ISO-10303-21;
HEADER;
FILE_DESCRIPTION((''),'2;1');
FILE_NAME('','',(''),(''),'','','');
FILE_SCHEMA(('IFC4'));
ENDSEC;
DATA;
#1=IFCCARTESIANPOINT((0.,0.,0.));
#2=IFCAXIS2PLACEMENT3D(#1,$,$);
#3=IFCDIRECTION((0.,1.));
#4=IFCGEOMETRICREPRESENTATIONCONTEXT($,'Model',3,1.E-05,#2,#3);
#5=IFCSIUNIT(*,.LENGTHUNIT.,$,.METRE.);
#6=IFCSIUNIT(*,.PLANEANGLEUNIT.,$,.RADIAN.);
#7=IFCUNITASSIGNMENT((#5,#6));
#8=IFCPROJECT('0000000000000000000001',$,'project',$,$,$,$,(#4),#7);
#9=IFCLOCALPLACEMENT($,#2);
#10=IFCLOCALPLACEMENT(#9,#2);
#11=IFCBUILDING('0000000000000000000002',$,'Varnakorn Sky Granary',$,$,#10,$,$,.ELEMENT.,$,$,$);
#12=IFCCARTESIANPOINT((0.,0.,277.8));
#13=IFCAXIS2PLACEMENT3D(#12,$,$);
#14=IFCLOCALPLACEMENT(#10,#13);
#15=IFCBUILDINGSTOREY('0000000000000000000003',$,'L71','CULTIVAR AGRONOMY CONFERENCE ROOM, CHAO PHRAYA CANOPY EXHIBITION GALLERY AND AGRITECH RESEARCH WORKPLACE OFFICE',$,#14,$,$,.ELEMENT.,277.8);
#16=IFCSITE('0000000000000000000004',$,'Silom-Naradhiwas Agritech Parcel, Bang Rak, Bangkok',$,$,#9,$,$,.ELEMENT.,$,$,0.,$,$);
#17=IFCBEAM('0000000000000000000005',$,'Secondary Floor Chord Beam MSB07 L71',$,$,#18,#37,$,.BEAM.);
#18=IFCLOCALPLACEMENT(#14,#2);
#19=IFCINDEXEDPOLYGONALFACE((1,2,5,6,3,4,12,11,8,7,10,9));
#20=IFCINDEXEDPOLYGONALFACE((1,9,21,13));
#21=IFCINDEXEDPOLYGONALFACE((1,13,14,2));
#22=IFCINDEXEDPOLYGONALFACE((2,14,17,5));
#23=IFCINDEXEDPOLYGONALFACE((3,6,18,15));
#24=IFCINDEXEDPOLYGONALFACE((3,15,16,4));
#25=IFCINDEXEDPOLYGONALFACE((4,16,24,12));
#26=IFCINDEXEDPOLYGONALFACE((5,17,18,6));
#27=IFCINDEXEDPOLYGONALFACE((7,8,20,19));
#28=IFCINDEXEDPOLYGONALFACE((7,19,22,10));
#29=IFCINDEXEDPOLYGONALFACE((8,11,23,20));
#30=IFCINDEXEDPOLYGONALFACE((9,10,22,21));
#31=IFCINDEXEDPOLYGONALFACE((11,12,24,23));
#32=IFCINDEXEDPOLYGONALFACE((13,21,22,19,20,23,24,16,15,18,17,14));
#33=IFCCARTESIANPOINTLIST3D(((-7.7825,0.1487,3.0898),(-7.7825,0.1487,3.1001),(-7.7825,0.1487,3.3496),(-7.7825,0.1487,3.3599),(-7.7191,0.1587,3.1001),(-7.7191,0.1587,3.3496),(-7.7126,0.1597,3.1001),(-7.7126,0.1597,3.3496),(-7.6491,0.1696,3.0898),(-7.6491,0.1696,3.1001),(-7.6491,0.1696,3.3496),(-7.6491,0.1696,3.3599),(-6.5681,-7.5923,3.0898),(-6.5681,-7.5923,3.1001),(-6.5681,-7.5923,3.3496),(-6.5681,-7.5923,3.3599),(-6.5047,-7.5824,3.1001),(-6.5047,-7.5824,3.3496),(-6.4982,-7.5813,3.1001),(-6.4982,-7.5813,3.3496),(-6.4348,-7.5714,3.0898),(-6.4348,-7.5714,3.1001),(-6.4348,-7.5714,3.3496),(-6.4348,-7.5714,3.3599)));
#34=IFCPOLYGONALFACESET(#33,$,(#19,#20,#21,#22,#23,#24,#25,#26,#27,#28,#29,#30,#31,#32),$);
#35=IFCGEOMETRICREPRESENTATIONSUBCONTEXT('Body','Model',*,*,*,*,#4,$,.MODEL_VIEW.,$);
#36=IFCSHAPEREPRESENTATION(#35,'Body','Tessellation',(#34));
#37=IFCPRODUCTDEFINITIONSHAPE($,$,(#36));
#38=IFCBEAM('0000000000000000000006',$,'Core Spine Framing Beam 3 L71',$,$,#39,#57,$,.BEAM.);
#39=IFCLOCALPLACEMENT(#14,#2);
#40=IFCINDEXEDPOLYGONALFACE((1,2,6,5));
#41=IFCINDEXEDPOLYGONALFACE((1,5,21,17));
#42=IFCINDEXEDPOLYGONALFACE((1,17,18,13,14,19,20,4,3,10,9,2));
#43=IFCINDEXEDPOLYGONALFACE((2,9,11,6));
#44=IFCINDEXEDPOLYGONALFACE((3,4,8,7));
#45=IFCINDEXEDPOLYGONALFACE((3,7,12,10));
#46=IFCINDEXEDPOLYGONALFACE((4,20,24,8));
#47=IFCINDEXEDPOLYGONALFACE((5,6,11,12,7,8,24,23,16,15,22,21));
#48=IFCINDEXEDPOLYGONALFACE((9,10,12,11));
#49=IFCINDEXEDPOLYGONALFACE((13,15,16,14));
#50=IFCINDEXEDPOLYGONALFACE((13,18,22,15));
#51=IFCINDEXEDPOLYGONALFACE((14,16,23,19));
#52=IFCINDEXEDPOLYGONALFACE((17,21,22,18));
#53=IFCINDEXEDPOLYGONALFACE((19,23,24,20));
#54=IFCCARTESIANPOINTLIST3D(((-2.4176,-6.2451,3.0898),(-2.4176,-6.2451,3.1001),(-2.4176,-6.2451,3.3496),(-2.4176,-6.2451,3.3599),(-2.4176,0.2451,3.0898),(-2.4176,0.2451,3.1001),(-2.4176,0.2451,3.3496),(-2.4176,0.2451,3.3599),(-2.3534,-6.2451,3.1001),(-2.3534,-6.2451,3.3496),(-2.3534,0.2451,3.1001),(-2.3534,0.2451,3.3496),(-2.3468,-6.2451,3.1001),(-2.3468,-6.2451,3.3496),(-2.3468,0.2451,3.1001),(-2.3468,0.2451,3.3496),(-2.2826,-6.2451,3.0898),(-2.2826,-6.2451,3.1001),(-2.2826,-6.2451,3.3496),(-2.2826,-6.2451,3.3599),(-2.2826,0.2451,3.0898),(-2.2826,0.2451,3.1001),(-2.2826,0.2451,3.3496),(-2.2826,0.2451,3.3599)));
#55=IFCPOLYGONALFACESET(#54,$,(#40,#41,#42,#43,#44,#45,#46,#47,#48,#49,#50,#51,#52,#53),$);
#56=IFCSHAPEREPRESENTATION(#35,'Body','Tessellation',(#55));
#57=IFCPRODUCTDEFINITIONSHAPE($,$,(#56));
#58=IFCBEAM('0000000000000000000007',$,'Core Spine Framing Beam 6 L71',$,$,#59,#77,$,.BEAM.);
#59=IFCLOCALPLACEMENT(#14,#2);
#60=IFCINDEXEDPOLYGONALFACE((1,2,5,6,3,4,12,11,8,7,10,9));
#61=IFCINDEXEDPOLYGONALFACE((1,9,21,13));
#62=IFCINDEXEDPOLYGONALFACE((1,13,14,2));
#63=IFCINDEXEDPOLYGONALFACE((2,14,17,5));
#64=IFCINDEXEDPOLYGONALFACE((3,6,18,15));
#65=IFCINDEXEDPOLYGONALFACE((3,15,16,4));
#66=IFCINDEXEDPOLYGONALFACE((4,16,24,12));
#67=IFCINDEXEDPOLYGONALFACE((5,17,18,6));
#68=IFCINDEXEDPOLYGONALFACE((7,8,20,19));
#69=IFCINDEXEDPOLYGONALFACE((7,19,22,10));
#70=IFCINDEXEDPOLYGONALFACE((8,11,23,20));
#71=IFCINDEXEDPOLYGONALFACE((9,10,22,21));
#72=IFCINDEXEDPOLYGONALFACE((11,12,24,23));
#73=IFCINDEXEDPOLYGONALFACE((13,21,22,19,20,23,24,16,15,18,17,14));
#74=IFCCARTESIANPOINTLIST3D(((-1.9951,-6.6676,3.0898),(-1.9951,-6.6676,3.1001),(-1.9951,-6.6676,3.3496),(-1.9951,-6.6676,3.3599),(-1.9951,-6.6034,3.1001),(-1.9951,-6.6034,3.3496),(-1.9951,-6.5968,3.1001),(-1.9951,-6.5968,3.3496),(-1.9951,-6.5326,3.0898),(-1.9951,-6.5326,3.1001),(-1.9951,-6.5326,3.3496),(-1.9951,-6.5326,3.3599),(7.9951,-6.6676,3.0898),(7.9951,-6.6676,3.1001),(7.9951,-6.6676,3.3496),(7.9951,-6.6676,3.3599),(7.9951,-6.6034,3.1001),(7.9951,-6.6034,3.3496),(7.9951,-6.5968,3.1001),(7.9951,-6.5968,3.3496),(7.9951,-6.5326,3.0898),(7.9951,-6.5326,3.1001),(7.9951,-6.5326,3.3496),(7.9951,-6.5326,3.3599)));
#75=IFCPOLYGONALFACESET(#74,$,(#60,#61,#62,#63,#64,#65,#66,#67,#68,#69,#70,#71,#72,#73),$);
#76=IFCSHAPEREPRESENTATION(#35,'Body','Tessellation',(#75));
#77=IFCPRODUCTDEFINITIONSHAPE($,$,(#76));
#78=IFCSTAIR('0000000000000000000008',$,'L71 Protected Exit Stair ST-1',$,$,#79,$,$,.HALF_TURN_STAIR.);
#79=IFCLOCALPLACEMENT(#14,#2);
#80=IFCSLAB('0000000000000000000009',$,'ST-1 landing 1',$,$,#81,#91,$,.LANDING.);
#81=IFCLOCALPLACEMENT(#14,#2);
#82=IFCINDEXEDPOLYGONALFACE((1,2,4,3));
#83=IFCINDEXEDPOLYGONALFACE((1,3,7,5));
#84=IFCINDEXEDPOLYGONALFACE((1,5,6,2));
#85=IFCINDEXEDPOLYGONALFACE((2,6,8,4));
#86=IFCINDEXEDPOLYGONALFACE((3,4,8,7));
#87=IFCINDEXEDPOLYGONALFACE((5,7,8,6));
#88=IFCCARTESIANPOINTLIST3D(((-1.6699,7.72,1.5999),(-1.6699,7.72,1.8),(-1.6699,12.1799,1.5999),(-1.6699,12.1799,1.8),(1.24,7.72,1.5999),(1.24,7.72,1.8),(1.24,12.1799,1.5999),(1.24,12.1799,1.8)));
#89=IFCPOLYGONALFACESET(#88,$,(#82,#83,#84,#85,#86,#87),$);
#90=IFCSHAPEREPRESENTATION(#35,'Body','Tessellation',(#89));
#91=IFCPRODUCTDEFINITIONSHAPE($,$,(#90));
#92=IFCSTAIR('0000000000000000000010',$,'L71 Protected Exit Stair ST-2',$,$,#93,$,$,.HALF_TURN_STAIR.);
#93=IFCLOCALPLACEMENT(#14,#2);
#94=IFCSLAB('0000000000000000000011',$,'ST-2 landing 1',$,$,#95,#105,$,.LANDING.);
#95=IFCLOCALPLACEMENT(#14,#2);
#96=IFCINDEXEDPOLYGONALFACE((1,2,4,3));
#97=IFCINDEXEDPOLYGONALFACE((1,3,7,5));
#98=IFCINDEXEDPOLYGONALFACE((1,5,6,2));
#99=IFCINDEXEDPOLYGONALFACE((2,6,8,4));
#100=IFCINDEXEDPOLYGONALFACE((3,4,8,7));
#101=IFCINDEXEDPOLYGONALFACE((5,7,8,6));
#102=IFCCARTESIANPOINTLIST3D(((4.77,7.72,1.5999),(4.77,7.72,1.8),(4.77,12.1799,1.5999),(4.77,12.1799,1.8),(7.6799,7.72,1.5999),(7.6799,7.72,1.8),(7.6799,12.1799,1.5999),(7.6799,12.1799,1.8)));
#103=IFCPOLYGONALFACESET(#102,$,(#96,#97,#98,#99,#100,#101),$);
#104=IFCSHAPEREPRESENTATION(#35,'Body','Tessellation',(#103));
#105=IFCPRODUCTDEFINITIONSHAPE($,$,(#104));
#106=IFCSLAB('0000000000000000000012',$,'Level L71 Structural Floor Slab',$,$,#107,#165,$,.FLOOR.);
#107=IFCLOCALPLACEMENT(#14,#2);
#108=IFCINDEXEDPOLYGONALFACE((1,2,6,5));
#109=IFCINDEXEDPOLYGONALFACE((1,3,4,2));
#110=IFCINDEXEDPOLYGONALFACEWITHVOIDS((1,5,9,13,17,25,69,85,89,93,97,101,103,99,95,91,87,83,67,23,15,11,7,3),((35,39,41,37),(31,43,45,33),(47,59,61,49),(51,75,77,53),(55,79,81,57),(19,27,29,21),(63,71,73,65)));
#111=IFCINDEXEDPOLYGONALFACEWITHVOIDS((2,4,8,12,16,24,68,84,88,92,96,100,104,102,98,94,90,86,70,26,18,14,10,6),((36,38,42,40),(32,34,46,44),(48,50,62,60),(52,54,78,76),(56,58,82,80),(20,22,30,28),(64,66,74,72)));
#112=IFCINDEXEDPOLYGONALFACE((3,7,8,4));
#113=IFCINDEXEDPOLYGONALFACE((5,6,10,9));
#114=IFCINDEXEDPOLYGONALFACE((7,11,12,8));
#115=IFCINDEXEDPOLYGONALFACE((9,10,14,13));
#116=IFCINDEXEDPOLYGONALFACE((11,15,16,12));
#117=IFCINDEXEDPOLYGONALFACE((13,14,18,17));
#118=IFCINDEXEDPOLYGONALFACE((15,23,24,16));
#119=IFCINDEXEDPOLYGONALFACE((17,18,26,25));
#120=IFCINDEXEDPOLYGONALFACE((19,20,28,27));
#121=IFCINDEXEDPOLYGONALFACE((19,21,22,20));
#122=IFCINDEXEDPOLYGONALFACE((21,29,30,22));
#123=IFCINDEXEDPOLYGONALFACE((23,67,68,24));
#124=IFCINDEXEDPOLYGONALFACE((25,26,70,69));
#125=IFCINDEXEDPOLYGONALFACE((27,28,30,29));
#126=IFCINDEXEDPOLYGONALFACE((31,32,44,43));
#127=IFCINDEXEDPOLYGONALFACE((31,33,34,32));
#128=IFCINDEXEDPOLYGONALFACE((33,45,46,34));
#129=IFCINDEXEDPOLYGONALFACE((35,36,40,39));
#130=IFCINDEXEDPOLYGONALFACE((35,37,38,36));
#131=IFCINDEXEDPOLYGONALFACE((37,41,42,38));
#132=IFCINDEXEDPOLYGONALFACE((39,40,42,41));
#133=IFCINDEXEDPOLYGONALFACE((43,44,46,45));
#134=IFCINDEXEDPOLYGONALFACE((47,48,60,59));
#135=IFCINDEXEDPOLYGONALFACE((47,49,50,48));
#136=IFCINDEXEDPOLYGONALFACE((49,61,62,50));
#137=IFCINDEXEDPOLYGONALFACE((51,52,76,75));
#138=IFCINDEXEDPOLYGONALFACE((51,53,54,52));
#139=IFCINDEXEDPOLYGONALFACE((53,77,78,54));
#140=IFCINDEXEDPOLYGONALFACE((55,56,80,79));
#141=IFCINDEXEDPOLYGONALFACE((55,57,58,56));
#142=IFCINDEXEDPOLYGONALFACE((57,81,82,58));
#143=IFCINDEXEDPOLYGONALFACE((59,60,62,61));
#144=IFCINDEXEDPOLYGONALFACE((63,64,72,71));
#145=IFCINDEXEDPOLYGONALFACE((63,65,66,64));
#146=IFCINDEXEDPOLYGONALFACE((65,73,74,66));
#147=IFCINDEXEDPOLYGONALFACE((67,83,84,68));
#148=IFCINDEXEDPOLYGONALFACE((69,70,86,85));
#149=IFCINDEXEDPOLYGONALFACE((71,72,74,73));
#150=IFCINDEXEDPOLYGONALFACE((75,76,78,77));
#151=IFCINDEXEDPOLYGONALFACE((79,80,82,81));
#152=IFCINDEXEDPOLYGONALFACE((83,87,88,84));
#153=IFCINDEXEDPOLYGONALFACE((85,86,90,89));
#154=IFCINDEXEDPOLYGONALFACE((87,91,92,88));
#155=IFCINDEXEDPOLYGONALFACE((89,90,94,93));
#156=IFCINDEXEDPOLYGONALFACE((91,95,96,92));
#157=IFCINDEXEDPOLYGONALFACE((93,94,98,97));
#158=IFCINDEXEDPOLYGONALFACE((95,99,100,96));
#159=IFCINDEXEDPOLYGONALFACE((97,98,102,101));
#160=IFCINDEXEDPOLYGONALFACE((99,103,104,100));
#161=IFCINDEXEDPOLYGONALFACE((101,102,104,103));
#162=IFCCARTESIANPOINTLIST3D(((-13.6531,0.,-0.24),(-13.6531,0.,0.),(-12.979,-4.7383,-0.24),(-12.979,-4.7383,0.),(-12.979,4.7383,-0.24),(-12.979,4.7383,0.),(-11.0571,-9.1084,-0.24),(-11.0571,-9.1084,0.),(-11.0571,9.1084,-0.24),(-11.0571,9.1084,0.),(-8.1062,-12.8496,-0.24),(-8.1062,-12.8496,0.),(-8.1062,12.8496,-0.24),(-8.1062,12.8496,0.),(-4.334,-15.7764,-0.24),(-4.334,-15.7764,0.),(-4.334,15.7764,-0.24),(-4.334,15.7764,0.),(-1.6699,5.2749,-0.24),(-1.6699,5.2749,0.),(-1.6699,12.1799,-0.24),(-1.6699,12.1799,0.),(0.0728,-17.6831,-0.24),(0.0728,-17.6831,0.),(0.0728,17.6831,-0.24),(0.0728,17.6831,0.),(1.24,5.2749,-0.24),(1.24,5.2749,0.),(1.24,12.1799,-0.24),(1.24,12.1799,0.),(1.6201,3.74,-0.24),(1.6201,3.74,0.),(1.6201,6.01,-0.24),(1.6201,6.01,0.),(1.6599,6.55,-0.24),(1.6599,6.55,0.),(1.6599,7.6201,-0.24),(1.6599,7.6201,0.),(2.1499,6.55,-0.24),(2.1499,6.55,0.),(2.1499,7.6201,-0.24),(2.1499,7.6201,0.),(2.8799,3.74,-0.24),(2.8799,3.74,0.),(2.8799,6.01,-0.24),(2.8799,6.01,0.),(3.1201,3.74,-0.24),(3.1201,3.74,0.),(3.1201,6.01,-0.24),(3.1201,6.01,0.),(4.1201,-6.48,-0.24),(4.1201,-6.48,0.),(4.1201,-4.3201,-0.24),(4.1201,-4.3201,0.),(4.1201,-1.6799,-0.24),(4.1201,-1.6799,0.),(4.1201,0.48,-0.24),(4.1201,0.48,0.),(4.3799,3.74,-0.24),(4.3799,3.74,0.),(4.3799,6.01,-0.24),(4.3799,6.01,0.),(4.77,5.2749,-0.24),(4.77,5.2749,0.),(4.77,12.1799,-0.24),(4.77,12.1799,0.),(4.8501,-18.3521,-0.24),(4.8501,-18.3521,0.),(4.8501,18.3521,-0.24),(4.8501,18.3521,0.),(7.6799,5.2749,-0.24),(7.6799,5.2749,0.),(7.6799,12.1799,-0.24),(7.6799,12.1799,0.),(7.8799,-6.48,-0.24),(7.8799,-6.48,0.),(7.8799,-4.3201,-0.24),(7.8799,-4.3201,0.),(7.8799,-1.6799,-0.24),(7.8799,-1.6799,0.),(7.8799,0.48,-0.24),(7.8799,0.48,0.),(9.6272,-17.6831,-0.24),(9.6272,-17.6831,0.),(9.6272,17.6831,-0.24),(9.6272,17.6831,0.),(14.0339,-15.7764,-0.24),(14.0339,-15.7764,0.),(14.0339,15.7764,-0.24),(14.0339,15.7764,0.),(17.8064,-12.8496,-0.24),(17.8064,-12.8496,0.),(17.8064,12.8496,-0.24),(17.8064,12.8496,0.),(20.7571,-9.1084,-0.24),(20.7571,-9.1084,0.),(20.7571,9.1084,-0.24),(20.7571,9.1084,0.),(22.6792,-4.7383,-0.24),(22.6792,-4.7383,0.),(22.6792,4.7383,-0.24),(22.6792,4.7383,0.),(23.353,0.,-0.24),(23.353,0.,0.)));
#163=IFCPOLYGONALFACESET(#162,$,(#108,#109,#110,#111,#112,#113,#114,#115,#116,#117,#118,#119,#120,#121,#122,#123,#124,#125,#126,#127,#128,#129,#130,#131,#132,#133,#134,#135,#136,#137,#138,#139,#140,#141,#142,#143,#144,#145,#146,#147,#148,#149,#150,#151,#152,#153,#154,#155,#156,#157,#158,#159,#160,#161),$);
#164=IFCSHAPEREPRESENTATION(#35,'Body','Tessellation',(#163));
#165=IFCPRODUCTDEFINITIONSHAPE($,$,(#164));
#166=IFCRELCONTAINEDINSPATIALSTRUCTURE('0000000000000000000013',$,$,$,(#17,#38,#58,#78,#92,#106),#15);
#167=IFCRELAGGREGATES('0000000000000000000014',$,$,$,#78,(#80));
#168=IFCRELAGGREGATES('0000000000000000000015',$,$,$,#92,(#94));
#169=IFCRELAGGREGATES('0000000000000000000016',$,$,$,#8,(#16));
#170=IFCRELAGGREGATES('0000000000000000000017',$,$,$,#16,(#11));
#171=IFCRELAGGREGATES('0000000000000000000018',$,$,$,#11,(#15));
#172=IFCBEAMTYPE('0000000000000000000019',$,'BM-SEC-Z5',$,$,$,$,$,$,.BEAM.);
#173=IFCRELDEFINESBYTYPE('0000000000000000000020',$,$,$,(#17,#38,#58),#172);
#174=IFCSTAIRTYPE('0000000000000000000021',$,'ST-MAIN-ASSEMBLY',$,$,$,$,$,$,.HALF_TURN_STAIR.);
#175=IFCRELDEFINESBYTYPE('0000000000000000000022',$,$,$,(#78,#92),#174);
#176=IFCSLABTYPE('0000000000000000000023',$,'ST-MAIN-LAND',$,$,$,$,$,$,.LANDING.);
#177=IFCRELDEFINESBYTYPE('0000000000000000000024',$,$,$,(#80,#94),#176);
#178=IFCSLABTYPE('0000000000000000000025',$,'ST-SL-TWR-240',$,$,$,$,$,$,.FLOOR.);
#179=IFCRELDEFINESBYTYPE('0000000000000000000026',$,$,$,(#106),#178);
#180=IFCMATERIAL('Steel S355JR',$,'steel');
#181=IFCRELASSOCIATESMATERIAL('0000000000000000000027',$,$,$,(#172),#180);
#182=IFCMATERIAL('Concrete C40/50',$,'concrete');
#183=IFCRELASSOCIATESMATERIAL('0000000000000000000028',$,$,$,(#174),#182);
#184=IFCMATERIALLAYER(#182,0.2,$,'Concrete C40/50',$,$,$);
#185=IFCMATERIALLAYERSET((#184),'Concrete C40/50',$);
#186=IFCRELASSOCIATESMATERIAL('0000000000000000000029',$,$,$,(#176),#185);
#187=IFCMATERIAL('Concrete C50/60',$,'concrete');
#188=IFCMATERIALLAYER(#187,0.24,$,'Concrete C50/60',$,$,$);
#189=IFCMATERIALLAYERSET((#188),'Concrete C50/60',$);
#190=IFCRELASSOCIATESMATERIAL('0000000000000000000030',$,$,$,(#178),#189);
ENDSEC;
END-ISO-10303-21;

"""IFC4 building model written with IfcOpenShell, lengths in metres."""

from ifc_helpers import new_model, si_unit, direction, frame, origin, origin_2d, place, context, subcontext, project, spatial, polyline, i_section, outline, extrude, material, layer, layer_set, material_profile, profile_set, type_object, element, aggregate, save


model = new_model("IFC4")

# Units and contexts
model_context = context("Model", 3, precision=1e-05, world=origin(), true_north=direction((0.0, 1.0)))
body_context = subcontext(model_context, "Body", "Model", "MODEL_VIEW")
ifc_project = project(units=[si_unit("LENGTHUNIT", "METRE"), si_unit("PLANEANGLEUNIT", "RADIAN")], contexts=[model_context])

# Site, building, storey
site_placement = place(None, origin())
site = spatial("IfcSite", under=ifc_project, at=site_placement, Name="Silom-Naradhiwas Agritech Parcel, Bang Rak, Bangkok", CompositionType="ELEMENT", RefElevation=0.0)
building_placement = place(site_placement, origin())
building = spatial("IfcBuilding", under=site, at=building_placement, Name="Varnakorn Sky Granary", CompositionType="ELEMENT")
storey_placement = place(building_placement, frame((0.0, 0.0, 277.8)))
storey = spatial("IfcBuildingStorey", under=building, at=storey_placement, Name="L71", Description="CULTIVAR AGRONOMY CONFERENCE ROOM, CHAO PHRAYA CANOPY EXHIBITION GALLERY AND AGRITECH RESEARCH WORKPLACE OFFICE", CompositionType="ELEMENT", Elevation=277.8)

# Beams
ifc_material_1 = material(Name="Steel S355JR", Category="steel")
ifc_material_profile = material_profile(ifc_material_1, i_section(OverallWidth=0.135, OverallDepth=0.27, WebThickness=0.0066, FlangeThickness=0.0103, at=origin_2d()), Name="IPE 270")
ifc_profile_set = profile_set([ifc_material_profile], Name="Steel S355JR")
beam_type = type_object("IfcBeamType", Name="BM-SEC-Z5", PredefinedType="BEAM", material=ifc_profile_set)
beam_1_placement = place(storey_placement, frame((-7.7158, 0.1592, 3.2249), z_axis=(0.154979, -0.987918, 0.0), x_axis=(0.987918, 0.154979, 0.0)))
element("IfcBeam", 1, at=beam_1_placement, inside=storey, type_object=beam_type, Name="Secondary Floor Chord Beam MSB07 L71", PredefinedType="BEAM", context=body_context, shape_type="SweptSolid", body=[
    extrude(i_section(OverallWidth=0.135, OverallDepth=0.27, WebThickness=0.0066, FlangeThickness=0.0103, at=origin_2d()), origin(), (0.0, 0.0, 1.0), 7.8357),
])
beam_2_placement = place(storey_placement, frame((-2.3501, 0.2451, 3.2249), z_axis=(0.0, -1.0, 0.0), x_axis=(1.0, 0.0, 0.0)))
element("IfcBeam", 2, at=beam_2_placement, inside=storey, type_object=beam_type, Name="Core Spine Framing Beam 3 L71", PredefinedType="BEAM", context=body_context, shape_type="SweptSolid", body=[
    extrude(i_section(OverallWidth=0.135, OverallDepth=0.27, WebThickness=0.0066, FlangeThickness=0.0103, at=origin_2d()), origin(), (0.0, 0.0, 1.0), 6.4902),
])
beam_3_placement = place(storey_placement, frame((-1.9951, -6.6001, 3.2249), z_axis=(1.0, 0.0, 0.0), x_axis=(0.0, 1.0, 0.0)))
element("IfcBeam", 3, at=beam_3_placement, inside=storey, type_object=beam_type, Name="Core Spine Framing Beam 6 L71", PredefinedType="BEAM", context=body_context, shape_type="SweptSolid", body=[
    extrude(i_section(OverallWidth=0.135, OverallDepth=0.27, WebThickness=0.0066, FlangeThickness=0.0103, at=origin_2d()), origin(), (0.0, 0.0, 1.0), 9.9902),
])

# Stairs, slabs
ifc_material_2 = material(Name="Concrete C40/50", Category="concrete")
stair_type = type_object("IfcStairType", Name="ST-MAIN-ASSEMBLY", PredefinedType="HALF_TURN_STAIR", material=ifc_material_2)
stair_1_placement = place(storey_placement, origin())
stair_1 = element("IfcStair", 4, at=stair_1_placement, inside=storey, type_object=stair_type, Name="L71 Protected Exit Stair ST-1", PredefinedType="HALF_TURN_STAIR")
ifc_layer_1 = layer(ifc_material_2, 0.2, Name="Concrete C40/50")
ifc_layer_set_1 = layer_set([ifc_layer_1], Name="Concrete C40/50")
slab_type_1 = type_object("IfcSlabType", Name="ST-MAIN-LAND", PredefinedType="LANDING", material=ifc_layer_set_1)
slab_1_placement = place(storey_placement, frame((0.0, 0.0, 1.5999)))
slab_1 = element("IfcSlab", 5, at=slab_1_placement, type_object=slab_type_1, Name="ST-1 landing 1", PredefinedType="LANDING", context=body_context, shape_type="SweptSolid", body=[
    extrude(outline(polyline([(1.24, 7.72), (1.24, 12.1799), (-1.6699, 12.1799), (-1.6699, 7.72), (1.24, 7.72)])), origin(), (0.0, 0.0, 1.0), 0.2002),
])
aggregate(stair_1, [slab_1])
stair_2_placement = place(storey_placement, origin())
stair_2 = element("IfcStair", 6, at=stair_2_placement, inside=storey, type_object=stair_type, Name="L71 Protected Exit Stair ST-2", PredefinedType="HALF_TURN_STAIR")
slab_2_placement = place(storey_placement, frame((0.0, 0.0, 1.5999)))
slab_2 = element("IfcSlab", 7, at=slab_2_placement, type_object=slab_type_1, Name="ST-2 landing 1", PredefinedType="LANDING", context=body_context, shape_type="SweptSolid", body=[
    extrude(outline(polyline([(7.6799, 7.72), (7.6799, 12.1799), (4.77, 12.1799), (4.77, 7.72), (7.6799, 7.72)])), origin(), (0.0, 0.0, 1.0), 0.2002),
])
aggregate(stair_2, [slab_2])

# Slab
ifc_material_3 = material(Name="Concrete C50/60", Category="concrete")
ifc_layer_2 = layer(ifc_material_3, 0.24, Name="Concrete C50/60")
ifc_layer_set_2 = layer_set([ifc_layer_2], Name="Concrete C50/60")
slab_type_2 = type_object("IfcSlabType", Name="ST-SL-TWR-240", PredefinedType="FLOOR", material=ifc_layer_set_2)
slab_3_placement = place(storey_placement, frame((0.0, 0.0, -0.24)))
element("IfcSlab", 8, at=slab_3_placement, inside=storey, type_object=slab_type_2, Name="Level L71 Structural Floor Slab", PredefinedType="FLOOR", context=body_context, shape_type="SweptSolid", body=[
    extrude(outline(polyline([(23.353, 0.0), (22.6792, 4.7383), (20.7571, 9.1084), (17.8064, 12.8496), (14.0339, 15.7764), (9.6272, 17.6831), (4.8501, 18.3521), (0.0728, 17.6831), (-4.334, 15.7764), (-8.1062, 12.8496), (-11.0571, 9.1084), (-12.979, 4.7383), (-13.6531, 0.0), (-12.979, -4.7383), (-11.0571, -9.1084), (-8.1062, -12.8496), (-4.334, -15.7764), (0.0728, -17.6831), (4.8501, -18.3521), (9.6272, -17.6831), (14.0339, -15.7764), (17.8064, -12.8496), (20.7571, -9.1084), (22.6792, -4.7383), (23.353, 0.0)]), holes=[polyline([(1.24, 5.2749), (1.24, 12.1799), (-1.6699, 12.1799), (-1.6699, 5.2749), (1.24, 5.2749)]), polyline([(7.6799, 5.2749), (7.6799, 12.1799), (4.77, 12.1799), (4.77, 5.2749), (7.6799, 5.2749)]), polyline([(1.6599, 6.55), (2.1499, 6.55), (2.1499, 7.6201), (1.6599, 7.6201), (1.6599, 6.55)]), polyline([(1.6201, 3.74), (2.8799, 3.74), (2.8799, 6.01), (1.6201, 6.01), (1.6201, 3.74)]), polyline([(3.1201, 3.74), (4.3799, 3.74), (4.3799, 6.01), (3.1201, 6.01), (3.1201, 3.74)]), polyline([(4.1201, -1.6799), (7.8799, -1.6799), (7.8799, 0.48), (4.1201, 0.48), (4.1201, -1.6799)]), polyline([(4.1201, -6.48), (7.8799, -6.48), (7.8799, -4.3201), (4.1201, -4.3201), (4.1201, -6.48)])]), origin(), (0.0, 0.0, 1.0), 0.24),
])

save(model, "model.ifc")
